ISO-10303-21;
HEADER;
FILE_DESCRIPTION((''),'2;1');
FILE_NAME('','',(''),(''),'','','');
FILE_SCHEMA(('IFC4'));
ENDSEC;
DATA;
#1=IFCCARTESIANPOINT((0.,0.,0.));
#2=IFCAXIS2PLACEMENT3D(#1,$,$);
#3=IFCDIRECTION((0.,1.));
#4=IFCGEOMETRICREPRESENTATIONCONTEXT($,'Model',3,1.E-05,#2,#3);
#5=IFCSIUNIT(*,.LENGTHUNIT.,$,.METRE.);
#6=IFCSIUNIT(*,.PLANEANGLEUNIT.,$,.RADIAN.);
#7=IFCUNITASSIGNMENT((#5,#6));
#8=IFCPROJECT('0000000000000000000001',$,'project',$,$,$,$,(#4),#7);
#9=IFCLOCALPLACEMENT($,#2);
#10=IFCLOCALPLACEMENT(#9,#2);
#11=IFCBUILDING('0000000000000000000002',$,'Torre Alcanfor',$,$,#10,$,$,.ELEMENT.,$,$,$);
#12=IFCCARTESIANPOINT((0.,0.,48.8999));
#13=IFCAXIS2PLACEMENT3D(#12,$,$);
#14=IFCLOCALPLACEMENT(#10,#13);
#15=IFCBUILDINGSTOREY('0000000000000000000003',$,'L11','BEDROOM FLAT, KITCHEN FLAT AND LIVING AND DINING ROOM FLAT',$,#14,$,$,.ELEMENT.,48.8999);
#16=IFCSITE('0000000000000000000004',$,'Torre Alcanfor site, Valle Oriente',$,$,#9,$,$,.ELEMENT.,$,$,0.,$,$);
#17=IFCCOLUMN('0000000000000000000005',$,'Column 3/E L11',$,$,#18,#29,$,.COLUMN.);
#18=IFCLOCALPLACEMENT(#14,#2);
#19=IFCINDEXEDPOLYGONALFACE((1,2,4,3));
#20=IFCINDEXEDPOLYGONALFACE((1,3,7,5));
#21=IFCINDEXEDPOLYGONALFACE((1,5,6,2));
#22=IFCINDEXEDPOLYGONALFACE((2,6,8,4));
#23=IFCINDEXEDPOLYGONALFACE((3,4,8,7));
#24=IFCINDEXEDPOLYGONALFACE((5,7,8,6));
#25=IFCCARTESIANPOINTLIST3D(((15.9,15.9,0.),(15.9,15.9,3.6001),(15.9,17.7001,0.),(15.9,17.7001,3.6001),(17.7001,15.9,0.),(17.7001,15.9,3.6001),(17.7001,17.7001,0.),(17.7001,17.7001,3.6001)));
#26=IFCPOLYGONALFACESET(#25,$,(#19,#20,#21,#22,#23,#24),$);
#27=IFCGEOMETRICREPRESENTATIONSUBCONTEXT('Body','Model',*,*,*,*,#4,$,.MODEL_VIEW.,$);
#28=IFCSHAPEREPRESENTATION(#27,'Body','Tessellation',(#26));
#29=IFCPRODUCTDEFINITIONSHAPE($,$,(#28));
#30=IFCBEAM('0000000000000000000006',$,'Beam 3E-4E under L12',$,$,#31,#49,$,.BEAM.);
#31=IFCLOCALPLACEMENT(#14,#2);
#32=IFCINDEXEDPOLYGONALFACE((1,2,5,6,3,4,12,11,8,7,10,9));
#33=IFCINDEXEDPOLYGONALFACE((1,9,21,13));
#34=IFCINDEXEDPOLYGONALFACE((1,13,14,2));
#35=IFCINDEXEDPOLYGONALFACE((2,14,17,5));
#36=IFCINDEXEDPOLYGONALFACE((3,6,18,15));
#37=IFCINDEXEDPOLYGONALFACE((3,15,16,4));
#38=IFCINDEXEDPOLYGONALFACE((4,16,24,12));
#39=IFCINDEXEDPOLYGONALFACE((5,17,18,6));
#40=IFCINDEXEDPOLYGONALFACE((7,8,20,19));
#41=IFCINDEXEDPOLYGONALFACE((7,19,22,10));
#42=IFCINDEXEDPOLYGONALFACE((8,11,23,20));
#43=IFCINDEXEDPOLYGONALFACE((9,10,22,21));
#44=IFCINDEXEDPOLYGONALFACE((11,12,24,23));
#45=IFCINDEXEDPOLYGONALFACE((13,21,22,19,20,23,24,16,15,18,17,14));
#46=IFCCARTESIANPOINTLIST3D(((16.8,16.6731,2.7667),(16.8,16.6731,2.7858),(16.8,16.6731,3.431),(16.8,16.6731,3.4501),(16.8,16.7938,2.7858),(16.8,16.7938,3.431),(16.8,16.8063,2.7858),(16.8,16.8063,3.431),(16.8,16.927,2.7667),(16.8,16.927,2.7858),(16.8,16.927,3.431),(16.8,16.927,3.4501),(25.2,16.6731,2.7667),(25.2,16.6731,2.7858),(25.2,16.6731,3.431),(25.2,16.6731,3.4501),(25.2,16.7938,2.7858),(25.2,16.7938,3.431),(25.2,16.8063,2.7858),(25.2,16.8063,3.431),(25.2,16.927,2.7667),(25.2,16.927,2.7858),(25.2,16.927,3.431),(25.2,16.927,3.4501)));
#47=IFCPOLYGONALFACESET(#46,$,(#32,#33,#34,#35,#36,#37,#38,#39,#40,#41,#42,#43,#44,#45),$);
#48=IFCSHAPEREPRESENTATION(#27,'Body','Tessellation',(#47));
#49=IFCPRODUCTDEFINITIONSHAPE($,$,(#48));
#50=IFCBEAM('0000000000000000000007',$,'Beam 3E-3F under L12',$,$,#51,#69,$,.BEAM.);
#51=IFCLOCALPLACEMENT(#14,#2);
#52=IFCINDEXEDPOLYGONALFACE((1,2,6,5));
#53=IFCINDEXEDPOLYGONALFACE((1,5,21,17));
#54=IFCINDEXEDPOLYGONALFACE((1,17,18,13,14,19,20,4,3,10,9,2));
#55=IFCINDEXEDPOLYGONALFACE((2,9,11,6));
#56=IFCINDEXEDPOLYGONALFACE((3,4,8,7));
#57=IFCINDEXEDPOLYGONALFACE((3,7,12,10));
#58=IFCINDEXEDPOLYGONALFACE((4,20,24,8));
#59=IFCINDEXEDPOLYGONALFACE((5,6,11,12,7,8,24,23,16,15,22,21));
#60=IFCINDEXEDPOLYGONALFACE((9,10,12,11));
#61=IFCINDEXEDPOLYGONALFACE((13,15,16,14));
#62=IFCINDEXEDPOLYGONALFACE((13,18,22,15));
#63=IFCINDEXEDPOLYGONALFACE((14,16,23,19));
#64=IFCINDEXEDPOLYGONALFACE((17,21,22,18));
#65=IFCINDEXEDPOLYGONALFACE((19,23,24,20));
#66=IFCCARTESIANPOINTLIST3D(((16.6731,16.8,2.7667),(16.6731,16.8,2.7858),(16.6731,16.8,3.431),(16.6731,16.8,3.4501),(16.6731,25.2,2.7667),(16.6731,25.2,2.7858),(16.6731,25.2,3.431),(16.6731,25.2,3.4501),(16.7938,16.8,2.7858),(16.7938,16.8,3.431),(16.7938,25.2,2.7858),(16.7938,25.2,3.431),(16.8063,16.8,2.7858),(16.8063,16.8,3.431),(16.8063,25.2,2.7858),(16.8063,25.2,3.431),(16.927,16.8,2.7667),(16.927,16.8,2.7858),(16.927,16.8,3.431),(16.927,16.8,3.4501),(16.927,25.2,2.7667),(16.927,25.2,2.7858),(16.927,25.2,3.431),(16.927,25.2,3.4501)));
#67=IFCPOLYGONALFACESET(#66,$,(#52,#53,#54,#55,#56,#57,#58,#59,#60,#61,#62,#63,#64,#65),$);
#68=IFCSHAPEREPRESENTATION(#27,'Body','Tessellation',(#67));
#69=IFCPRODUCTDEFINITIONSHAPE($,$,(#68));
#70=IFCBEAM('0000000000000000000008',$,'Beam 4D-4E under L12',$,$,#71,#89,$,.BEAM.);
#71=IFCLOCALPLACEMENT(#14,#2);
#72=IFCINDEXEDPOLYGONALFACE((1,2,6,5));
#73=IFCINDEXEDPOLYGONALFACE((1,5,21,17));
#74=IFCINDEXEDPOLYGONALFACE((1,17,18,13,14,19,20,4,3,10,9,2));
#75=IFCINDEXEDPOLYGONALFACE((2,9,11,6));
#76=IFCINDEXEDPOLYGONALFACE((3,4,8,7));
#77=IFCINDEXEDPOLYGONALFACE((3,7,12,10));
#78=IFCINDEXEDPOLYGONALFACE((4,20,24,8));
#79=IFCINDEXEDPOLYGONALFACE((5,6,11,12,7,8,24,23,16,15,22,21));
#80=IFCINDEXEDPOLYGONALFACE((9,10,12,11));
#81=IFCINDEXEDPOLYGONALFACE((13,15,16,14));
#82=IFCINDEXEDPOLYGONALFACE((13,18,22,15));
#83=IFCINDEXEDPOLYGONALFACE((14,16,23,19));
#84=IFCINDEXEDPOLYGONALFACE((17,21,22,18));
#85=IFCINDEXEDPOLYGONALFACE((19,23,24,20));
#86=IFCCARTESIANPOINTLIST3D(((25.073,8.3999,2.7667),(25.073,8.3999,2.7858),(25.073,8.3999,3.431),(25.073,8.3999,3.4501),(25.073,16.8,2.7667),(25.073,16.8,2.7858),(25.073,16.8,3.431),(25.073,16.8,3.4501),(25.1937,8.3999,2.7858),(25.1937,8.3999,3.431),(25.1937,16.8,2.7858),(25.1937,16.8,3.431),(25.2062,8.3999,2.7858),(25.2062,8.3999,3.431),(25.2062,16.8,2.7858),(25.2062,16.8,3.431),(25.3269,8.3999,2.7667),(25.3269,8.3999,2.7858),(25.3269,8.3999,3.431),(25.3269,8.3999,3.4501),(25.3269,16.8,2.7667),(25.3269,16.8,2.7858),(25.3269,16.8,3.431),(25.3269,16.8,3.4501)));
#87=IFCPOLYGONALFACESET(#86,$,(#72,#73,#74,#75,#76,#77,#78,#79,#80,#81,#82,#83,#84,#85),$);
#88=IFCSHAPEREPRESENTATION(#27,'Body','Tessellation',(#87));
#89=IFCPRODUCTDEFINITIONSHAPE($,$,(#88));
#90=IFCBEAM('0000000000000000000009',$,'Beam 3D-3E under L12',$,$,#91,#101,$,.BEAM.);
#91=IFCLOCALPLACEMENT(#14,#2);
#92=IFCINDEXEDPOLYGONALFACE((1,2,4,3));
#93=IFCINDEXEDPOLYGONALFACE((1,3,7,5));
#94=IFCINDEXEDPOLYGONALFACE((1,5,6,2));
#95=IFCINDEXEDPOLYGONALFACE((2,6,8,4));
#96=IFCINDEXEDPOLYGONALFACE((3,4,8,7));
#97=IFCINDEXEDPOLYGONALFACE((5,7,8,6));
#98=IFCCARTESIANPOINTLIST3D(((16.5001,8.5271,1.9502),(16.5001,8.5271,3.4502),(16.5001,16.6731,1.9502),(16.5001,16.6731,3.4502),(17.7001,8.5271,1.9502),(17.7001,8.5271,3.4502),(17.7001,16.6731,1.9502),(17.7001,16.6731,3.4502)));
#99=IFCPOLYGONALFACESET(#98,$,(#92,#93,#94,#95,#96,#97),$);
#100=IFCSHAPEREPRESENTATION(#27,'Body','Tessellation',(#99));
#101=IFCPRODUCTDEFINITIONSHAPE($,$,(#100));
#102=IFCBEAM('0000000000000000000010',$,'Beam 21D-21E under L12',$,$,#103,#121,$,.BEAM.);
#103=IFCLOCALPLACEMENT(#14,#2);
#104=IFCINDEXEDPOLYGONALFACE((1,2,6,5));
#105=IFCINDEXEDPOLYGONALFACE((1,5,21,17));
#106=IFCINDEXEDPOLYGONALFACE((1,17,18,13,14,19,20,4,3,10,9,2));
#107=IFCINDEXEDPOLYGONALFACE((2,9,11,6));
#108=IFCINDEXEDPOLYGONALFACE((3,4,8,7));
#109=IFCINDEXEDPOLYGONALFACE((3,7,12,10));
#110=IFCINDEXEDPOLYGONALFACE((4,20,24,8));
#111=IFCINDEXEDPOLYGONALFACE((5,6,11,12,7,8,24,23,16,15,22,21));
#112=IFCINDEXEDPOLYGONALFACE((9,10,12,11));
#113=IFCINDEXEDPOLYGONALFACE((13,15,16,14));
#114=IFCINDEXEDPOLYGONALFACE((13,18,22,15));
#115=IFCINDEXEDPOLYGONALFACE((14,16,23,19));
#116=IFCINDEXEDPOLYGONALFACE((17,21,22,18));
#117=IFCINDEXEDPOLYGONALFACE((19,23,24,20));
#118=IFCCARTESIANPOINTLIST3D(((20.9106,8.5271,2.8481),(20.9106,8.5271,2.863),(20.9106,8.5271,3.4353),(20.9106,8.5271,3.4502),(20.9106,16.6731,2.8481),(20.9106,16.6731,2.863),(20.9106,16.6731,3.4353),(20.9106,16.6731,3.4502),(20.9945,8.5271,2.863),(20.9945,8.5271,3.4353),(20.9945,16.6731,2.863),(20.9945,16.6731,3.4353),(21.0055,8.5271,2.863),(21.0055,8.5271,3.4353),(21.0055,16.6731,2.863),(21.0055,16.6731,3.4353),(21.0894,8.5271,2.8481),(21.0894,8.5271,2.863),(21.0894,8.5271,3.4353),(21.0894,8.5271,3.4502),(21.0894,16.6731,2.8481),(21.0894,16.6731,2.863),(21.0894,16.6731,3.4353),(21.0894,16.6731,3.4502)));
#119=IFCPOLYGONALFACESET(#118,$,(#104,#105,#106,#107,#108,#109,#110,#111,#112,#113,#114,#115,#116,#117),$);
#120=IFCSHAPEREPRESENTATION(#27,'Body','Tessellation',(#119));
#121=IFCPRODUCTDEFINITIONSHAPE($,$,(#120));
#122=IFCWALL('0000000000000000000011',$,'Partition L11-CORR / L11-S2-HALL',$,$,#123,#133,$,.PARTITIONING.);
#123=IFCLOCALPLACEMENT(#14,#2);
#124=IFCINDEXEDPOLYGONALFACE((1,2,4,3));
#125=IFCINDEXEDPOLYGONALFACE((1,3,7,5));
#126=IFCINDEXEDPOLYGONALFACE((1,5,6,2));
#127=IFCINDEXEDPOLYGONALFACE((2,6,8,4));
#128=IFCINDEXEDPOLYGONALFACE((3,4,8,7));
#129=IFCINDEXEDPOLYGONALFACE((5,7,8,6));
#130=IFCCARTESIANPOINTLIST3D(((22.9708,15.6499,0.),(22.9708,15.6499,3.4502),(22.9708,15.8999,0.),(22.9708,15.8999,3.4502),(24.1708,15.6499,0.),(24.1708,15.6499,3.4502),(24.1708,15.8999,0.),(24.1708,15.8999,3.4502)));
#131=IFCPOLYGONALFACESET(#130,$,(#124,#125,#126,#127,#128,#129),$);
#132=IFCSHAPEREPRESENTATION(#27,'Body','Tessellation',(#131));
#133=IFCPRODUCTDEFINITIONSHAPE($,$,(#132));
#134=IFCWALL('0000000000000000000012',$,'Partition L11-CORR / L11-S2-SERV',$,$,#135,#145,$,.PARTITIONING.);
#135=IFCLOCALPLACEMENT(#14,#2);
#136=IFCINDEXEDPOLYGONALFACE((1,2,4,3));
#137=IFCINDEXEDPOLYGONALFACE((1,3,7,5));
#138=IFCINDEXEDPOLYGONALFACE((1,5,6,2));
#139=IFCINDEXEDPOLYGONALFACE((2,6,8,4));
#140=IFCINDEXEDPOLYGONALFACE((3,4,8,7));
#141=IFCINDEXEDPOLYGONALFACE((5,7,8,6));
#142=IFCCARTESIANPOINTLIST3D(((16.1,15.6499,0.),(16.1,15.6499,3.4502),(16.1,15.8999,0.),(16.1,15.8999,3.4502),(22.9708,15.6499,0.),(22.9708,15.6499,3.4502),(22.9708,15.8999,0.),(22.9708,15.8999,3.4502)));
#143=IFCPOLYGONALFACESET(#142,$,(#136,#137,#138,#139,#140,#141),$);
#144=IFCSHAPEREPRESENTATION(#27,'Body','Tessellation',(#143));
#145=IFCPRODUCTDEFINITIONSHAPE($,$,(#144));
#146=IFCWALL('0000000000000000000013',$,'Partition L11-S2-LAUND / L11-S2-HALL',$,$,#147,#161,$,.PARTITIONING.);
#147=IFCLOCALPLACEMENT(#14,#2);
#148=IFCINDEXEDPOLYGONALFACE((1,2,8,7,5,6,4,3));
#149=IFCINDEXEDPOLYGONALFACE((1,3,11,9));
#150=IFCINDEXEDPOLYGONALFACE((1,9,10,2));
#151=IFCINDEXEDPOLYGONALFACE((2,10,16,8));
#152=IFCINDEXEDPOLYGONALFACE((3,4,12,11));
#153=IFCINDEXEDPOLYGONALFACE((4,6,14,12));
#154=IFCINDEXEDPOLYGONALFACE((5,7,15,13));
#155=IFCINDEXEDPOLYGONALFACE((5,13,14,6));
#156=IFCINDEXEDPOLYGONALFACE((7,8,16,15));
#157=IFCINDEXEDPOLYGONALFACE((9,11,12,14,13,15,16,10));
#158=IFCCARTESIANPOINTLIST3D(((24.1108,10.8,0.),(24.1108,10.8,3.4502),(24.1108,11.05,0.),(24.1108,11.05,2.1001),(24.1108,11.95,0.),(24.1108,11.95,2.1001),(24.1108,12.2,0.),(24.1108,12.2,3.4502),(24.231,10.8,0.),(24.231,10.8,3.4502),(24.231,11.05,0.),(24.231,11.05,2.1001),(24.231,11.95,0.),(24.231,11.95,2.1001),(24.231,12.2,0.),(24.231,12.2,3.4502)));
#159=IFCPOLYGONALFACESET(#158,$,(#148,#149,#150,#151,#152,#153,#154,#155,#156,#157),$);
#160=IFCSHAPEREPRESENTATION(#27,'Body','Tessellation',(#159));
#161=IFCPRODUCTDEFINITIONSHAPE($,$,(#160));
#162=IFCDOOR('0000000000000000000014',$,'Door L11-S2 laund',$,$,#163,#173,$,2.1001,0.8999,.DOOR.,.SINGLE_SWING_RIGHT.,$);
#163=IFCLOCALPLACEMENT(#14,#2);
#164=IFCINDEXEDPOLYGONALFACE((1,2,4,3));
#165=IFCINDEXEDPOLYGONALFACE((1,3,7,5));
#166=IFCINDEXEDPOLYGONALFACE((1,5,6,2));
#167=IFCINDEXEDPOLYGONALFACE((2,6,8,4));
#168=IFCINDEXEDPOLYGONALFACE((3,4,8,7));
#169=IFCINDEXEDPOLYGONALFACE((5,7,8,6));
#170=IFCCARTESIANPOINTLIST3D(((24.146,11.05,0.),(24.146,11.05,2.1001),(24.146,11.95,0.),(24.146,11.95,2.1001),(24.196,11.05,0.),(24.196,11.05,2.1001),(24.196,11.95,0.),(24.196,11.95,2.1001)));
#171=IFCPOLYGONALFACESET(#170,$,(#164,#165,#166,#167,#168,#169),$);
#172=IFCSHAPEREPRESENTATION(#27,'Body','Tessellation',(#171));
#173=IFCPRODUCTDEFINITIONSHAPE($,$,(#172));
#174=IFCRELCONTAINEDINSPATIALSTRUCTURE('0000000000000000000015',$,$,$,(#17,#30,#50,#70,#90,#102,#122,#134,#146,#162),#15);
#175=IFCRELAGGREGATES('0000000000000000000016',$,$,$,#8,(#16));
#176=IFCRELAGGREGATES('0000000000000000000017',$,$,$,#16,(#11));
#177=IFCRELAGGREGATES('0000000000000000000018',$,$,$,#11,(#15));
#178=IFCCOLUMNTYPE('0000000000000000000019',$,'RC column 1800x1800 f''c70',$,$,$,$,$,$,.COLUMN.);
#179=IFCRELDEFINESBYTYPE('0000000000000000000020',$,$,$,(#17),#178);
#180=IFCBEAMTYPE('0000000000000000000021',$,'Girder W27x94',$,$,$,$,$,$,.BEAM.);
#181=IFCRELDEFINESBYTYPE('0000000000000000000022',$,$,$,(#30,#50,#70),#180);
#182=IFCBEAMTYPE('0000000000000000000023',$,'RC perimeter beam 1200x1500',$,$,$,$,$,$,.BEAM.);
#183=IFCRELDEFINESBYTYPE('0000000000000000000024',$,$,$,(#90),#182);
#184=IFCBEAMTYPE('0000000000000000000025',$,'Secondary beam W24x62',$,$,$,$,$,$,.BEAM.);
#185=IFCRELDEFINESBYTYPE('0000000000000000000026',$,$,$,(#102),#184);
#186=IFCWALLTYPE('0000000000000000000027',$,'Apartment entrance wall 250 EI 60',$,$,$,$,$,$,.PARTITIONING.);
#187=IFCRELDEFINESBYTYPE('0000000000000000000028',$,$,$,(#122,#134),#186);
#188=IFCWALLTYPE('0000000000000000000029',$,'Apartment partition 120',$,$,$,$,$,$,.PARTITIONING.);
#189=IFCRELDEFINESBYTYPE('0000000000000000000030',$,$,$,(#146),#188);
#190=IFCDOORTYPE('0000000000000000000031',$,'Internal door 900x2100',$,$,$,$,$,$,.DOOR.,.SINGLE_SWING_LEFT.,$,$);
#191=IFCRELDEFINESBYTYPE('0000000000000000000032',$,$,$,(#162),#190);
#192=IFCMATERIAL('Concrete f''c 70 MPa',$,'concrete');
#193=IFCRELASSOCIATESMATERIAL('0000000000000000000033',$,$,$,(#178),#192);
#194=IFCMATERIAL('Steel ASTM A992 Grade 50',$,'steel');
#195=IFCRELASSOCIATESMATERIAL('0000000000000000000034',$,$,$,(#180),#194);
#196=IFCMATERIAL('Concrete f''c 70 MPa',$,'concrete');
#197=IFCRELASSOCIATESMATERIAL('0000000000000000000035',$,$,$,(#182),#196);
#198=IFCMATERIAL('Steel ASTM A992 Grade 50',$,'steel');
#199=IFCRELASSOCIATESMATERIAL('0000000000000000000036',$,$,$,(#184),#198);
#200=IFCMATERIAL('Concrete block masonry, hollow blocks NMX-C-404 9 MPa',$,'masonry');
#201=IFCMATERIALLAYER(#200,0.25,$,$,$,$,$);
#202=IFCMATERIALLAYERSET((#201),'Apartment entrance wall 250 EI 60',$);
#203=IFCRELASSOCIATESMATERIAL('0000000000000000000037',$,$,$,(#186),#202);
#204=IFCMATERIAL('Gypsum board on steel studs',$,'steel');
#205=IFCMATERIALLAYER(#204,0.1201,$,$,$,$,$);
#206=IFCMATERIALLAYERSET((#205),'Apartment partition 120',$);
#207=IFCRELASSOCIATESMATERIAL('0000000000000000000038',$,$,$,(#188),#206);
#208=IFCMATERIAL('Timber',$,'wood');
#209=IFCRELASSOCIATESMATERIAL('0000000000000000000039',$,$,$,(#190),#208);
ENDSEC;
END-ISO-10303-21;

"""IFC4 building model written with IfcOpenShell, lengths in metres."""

from ifc_helpers import new_model, si_unit, direction, frame, frame_2d, origin, origin_2d, place, context, subcontext, project, spatial, rectangle, i_section, extrude, material, layer, layer_set, material_profile, profile_set, type_object, element, fill, save


model = new_model("IFC4")

# Units and contexts
model_context = context("Model", 3, precision=1e-05, world=origin(), true_north=direction((0.0, 1.0)))
body_context = subcontext(model_context, "Body", "Model", "MODEL_VIEW")
ifc_project = project(units=[si_unit("LENGTHUNIT", "METRE"), si_unit("PLANEANGLEUNIT", "RADIAN")], contexts=[model_context])

# Site, building, storey
site_placement = place(None, origin())
site = spatial("IfcSite", under=ifc_project, at=site_placement, Name="Torre Alcanfor site, Valle Oriente", CompositionType="ELEMENT", RefElevation=0.0)
building_placement = place(site_placement, origin())
building = spatial("IfcBuilding", under=site, at=building_placement, Name="Torre Alcanfor", CompositionType="ELEMENT")
storey_placement = place(building_placement, frame((0.0, 0.0, 48.8999)))
storey = spatial("IfcBuildingStorey", under=building, at=storey_placement, Name="L11", Description="BEDROOM FLAT, KITCHEN FLAT AND LIVING AND DINING ROOM FLAT", CompositionType="ELEMENT", Elevation=48.8999)

# Column
ifc_material_1 = material(Name="Concrete f'c 70 MPa", Category="concrete")
ifc_material_profile_1 = material_profile(ifc_material_1, rectangle(XDim=1.8, YDim=1.8, at=origin_2d()), Name="1800x1800")
ifc_profile_set_1 = profile_set([ifc_material_profile_1], Name="Concrete f'c 70 MPa")
column_type = type_object("IfcColumnType", Name="RC column 1800x1800 f'c70", PredefinedType="COLUMN", material=ifc_profile_set_1)
column_placement = place(storey_placement, frame((16.8, 16.8, 0.0), z_axis=(0.0, 0.0, 1.0), x_axis=(1.0, 0.0, 0.0)))
element("IfcColumn", 1, at=column_placement, inside=storey, type_object=column_type, Name="Column 3/E L11", PredefinedType="COLUMN", context=body_context, shape_type="SweptSolid", body=[
    extrude(rectangle(XDim=1.8, YDim=1.8, at=origin_2d()), origin(), (0.0, 0.0, 1.0), 3.6001),
])

# Beams
ifc_material_2 = material(Name="Steel ASTM A992 Grade 50", Category="steel")
ifc_material_profile_2 = material_profile(ifc_material_2, i_section(OverallWidth=0.2539, OverallDepth=0.6833, WebThickness=0.0125, FlangeThickness=0.019, at=origin_2d()), Name="W27x94")
ifc_profile_set_2 = profile_set([ifc_material_profile_2], Name="Steel ASTM A992 Grade 50")
beam_type_1 = type_object("IfcBeamType", Name="Girder W27x94", PredefinedType="BEAM", material=ifc_profile_set_2)
for number, where, z_axis, x_axis, name in (
    (2, (16.8, 16.8, 3.1084), (1.0, 0.0, 0.0), (0.0, 1.0, 0.0), "Beam 3E-4E under L12"),
    (3, (16.8, 16.8, 3.1084), (0.0, 1.0, 0.0), (-1.0, 0.0, 0.0), "Beam 3E-3F under L12"),
):
    element("IfcBeam", number, at=place(storey_placement, frame(where, z_axis=z_axis, x_axis=x_axis)), inside=storey, type_object=beam_type_1, Name=name, PredefinedType="BEAM", context=body_context, shape_type="SweptSolid", body=[
        extrude(i_section(OverallWidth=0.2539, OverallDepth=0.6833, WebThickness=0.0125, FlangeThickness=0.019, at=origin_2d()), origin(), (0.0, 0.0, 1.0), 8.3999),
    ])
beam_1_placement = place(storey_placement, frame((25.2, 8.3999, 3.1084), z_axis=(0.0, 1.0, 0.0), x_axis=(-1.0, 0.0, 0.0)))
element("IfcBeam", 4, at=beam_1_placement, inside=storey, type_object=beam_type_1, Name="Beam 4D-4E under L12", PredefinedType="BEAM", context=body_context, shape_type="SweptSolid", body=[
    extrude(i_section(OverallWidth=0.2539, OverallDepth=0.6833, WebThickness=0.0125, FlangeThickness=0.019, at=origin_2d()), origin(), (0.0, 0.0, 1.0), 8.4001),
])
ifc_material_3 = material(Name="Concrete f'c 70 MPa", Category="concrete")
ifc_material_profile_3 = material_profile(ifc_material_3, rectangle(XDim=1.2, YDim=1.5, at=origin_2d()), Name="1200x1500")
ifc_profile_set_3 = profile_set([ifc_material_profile_3], Name="Concrete f'c 70 MPa")
beam_type_2 = type_object("IfcBeamType", Name="RC perimeter beam 1200x1500", PredefinedType="BEAM", material=ifc_profile_set_3)
beam_2_placement = place(storey_placement, frame((17.1001, 8.5271, 2.7002), z_axis=(0.0, 1.0, 0.0), x_axis=(-1.0, 0.0, 0.0)))
element("IfcBeam", 5, at=beam_2_placement, inside=storey, type_object=beam_type_2, Name="Beam 3D-3E under L12", PredefinedType="BEAM", context=body_context, shape_type="SweptSolid", body=[
    extrude(rectangle(XDim=1.2, YDim=1.5, at=origin_2d()), origin(), (0.0, 0.0, 1.0), 8.146),
])
ifc_material_4 = material(Name="Steel ASTM A992 Grade 50", Category="steel")
ifc_material_profile_4 = material_profile(ifc_material_4, i_section(OverallWidth=0.1787, OverallDepth=0.6021, WebThickness=0.011, FlangeThickness=0.0149, at=origin_2d()), Name="W24x62")
ifc_profile_set_4 = profile_set([ifc_material_profile_4], Name="Steel ASTM A992 Grade 50")
beam_type_3 = type_object("IfcBeamType", Name="Secondary beam W24x62", PredefinedType="BEAM", material=ifc_profile_set_4)
beam_3_placement = place(storey_placement, frame((21.0, 8.5271, 3.1492), z_axis=(0.0, 1.0, 0.0), x_axis=(-1.0, 0.0, 0.0)))
element("IfcBeam", 6, at=beam_3_placement, inside=storey, type_object=beam_type_3, Name="Beam 21D-21E under L12", PredefinedType="BEAM", context=body_context, shape_type="SweptSolid", body=[
    extrude(i_section(OverallWidth=0.1787, OverallDepth=0.6021, WebThickness=0.011, FlangeThickness=0.0149, at=origin_2d()), origin(), (0.0, 0.0, 1.0), 8.146),
])

# Walls
ifc_material_5 = material(Name="Concrete block masonry, hollow blocks NMX-C-404 9 MPa", Category="masonry")
ifc_layer_1 = layer(ifc_material_5, 0.25)
ifc_layer_set_1 = layer_set([ifc_layer_1], Name="Apartment entrance wall 250 EI 60")
wall_type_1 = type_object("IfcWallType", Name="Apartment entrance wall 250 EI 60", PredefinedType="PARTITIONING", material=ifc_layer_set_1)
wall_1_placement = place(storey_placement, frame((24.1709, 15.7749, 0.0), z_axis=(0.0, 0.0, 1.0), x_axis=(-1.0, 0.0, 0.0)))
element("IfcWall", 7, at=wall_1_placement, inside=storey, type_object=wall_type_1, Name="Partition L11-CORR / L11-S2-HALL", PredefinedType="PARTITIONING", context=body_context, shape_type="SweptSolid", body=[
    extrude(rectangle(XDim=1.2, YDim=0.25, at=frame_2d((0.6001, 0.0))), origin(), (0.0, 0.0, 1.0), 3.4502),
])
wall_2_placement = place(storey_placement, frame((22.9709, 15.7749, 0.0), z_axis=(0.0, 0.0, 1.0), x_axis=(-1.0, 0.0, 0.0)))
element("IfcWall", 8, at=wall_2_placement, inside=storey, type_object=wall_type_1, Name="Partition L11-CORR / L11-S2-SERV", PredefinedType="PARTITIONING", context=body_context, shape_type="SweptSolid", body=[
    extrude(rectangle(XDim=6.8708, YDim=0.25, at=frame_2d((3.4355, 0.0))), origin(), (0.0, 0.0, 1.0), 3.4502),
])

# Wall, opening, door
ifc_material_6 = material(Name="Gypsum board on steel studs", Category="steel")
ifc_layer_2 = layer(ifc_material_6, 0.1201)
ifc_layer_set_2 = layer_set([ifc_layer_2], Name="Apartment partition 120")
wall_type_2 = type_object("IfcWallType", Name="Apartment partition 120", PredefinedType="PARTITIONING", material=ifc_layer_set_2)
wall_3_placement = place(storey_placement, frame((24.1709, 10.8, 0.0), z_axis=(0.0, 0.0, 1.0), x_axis=(0.0, 1.0, 0.0)))
wall_3 = element("IfcWall", 9, at=wall_3_placement, inside=storey, type_object=wall_type_2, Name="Partition L11-S2-LAUND / L11-S2-HALL", PredefinedType="PARTITIONING", context=body_context, shape_type="SweptSolid", body=[
    extrude(rectangle(XDim=1.3999, YDim=0.1201, at=frame_2d((0.7, 0.0))), origin(), (0.0, 0.0, 1.0), 3.4502),
])
opening_1_placement = place(wall_3_placement, frame((0.25, 0.0, 0.0)))
opening_1 = element("IfcOpeningElement", 10, at=opening_1_placement, cuts=wall_3, PredefinedType="OPENING", context=body_context, shape_type="SweptSolid", body=[
    extrude(rectangle(XDim=0.8999, YDim=2.1001, at=frame_2d((0.45, 1.05))), frame((0.0, 0.0701, 0.0), z_axis=(0.0, -1.0, 0.0), x_axis=(1.0, 0.0, 0.0)), (0.0, 0.0, 1.0), 0.1401),
])
ifc_material_7 = material(Name="Timber", Category="wood")
door_type_1 = type_object("IfcDoorType", Name="Internal door 900x2100", OperationType="SINGLE_SWING_LEFT", PredefinedType="DOOR", material=ifc_material_7)
door_1_placement = place(opening_1_placement, frame((0.8999, 0.0, 0.0), z_axis=(0.0, 0.0, 1.0), x_axis=(-1.0, 0.0, 0.0)))
door_1 = element("IfcDoor", 11, at=door_1_placement, inside=storey, type_object=door_type_1, Name="Door L11-S2 laund", OperationType="SINGLE_SWING_RIGHT", OverallHeight=2.1001, OverallWidth=0.8999, PredefinedType="DOOR", context=body_context, shape_type="SweptSolid", body=[
    extrude(rectangle(XDim=0.8999, YDim=2.1001, at=frame_2d((0.45, 1.05))), frame((0.0, 0.0251, 0.0), z_axis=(0.0, -1.0, 0.0), x_axis=(1.0, 0.0, 0.0)), (0.0, 0.0, 1.0), 0.05),
])
fill(opening_1, door_1)

save(model, "model.ifc")
